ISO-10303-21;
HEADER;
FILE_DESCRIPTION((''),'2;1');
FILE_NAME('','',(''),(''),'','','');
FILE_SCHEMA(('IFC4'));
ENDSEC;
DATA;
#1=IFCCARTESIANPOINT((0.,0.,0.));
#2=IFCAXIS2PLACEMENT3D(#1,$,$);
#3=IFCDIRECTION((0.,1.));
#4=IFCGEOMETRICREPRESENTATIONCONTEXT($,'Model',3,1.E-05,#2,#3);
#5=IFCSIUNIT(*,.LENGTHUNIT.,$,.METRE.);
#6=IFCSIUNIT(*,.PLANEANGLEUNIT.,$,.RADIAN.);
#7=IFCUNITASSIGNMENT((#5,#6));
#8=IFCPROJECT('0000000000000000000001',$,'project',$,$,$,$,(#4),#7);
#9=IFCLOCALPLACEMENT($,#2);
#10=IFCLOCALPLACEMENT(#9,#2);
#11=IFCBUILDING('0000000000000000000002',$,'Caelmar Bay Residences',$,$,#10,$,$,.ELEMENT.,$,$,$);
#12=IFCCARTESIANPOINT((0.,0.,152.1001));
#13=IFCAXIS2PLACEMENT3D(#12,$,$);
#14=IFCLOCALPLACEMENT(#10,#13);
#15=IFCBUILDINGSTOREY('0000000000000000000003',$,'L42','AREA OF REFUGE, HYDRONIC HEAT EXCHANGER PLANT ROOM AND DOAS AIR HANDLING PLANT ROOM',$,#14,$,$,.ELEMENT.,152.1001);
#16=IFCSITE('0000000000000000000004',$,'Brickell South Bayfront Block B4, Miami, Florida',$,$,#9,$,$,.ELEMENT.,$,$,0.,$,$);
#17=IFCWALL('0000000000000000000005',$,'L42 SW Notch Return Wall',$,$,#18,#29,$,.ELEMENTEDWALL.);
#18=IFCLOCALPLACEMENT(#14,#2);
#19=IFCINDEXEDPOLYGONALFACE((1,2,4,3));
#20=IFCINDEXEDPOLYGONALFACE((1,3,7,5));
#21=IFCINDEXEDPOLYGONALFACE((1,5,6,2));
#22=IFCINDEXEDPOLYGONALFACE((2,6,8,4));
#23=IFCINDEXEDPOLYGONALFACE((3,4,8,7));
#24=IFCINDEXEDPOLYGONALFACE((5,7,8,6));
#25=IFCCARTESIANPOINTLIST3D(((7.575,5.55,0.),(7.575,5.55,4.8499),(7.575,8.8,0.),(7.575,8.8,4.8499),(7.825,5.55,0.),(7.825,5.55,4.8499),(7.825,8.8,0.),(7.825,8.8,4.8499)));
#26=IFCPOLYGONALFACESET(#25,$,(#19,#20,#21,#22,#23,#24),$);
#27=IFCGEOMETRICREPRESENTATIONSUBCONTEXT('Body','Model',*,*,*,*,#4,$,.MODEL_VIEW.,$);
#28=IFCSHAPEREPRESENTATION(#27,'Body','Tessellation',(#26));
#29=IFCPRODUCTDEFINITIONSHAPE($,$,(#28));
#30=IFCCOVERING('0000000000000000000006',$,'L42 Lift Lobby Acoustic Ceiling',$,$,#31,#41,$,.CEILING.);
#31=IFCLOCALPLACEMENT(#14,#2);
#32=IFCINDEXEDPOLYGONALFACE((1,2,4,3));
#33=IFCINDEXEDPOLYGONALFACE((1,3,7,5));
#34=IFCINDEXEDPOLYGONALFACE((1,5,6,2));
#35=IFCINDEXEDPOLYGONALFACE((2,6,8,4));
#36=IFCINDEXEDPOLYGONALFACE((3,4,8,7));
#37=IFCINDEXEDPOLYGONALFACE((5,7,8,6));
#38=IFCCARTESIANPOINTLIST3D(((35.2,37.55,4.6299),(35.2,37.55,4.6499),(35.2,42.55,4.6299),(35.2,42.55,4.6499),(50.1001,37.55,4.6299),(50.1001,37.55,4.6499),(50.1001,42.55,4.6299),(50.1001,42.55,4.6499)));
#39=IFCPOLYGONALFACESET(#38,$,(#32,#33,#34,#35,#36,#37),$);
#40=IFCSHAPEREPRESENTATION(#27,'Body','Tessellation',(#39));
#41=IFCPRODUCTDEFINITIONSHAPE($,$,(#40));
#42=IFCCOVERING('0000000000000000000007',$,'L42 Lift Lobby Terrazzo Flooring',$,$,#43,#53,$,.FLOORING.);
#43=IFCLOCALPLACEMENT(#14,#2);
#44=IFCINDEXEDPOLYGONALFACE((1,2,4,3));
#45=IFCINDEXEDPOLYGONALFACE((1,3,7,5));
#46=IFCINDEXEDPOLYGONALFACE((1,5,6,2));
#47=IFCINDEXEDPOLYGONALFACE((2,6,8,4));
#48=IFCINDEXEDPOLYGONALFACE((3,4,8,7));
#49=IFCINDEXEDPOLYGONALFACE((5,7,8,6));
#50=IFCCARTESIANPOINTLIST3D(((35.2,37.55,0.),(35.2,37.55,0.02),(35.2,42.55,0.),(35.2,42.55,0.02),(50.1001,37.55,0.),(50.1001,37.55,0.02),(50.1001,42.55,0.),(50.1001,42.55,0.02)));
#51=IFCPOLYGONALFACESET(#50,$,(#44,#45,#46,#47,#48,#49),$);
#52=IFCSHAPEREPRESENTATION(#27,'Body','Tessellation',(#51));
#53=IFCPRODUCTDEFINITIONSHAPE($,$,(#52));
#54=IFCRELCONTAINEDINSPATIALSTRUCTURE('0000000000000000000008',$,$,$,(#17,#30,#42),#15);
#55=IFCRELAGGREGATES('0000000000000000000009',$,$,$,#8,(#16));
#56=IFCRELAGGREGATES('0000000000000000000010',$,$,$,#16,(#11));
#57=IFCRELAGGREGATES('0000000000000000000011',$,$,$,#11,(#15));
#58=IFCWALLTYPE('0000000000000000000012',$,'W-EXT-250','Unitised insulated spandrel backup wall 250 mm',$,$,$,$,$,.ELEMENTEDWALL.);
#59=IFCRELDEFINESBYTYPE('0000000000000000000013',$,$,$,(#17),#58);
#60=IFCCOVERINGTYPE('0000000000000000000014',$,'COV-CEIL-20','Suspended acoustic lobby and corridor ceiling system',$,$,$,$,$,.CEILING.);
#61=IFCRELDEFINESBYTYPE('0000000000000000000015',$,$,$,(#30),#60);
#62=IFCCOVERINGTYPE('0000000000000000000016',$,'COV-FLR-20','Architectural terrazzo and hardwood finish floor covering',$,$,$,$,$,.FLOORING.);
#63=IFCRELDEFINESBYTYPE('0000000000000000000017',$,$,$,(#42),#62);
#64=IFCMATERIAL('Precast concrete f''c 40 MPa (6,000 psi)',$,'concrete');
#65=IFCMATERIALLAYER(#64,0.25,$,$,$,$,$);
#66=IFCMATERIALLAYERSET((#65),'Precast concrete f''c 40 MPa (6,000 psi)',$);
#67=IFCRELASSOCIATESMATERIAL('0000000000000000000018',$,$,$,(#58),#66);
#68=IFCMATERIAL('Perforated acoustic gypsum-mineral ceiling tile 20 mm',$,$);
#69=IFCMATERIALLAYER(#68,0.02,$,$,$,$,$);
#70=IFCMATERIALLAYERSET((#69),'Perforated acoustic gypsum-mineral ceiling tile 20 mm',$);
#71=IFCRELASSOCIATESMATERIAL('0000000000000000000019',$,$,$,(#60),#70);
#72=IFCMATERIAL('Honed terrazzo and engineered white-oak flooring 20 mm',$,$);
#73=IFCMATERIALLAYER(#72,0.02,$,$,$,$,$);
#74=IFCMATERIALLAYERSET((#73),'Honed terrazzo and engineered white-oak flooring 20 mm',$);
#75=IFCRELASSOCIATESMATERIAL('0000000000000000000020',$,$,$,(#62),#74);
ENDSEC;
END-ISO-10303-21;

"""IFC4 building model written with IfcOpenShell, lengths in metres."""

from ifc_helpers import new_model, si_unit, direction, frame, frame_2d, origin, place, context, subcontext, project, spatial, polyline, rectangle, outline, extrude, material, layer, layer_set, type_object, element, save


model = new_model("IFC4")

# Units and contexts
model_context = context("Model", 3, precision=1e-05, world=origin(), true_north=direction((0.0, 1.0)))
body_context = subcontext(model_context, "Body", "Model", "MODEL_VIEW")
ifc_project = project(units=[si_unit("LENGTHUNIT", "METRE"), si_unit("PLANEANGLEUNIT", "RADIAN")], contexts=[model_context])

# Site, building, storey
site_placement = place(None, origin())
site = spatial("IfcSite", under=ifc_project, at=site_placement, Name="Brickell South Bayfront Block B4, Miami, Florida", CompositionType="ELEMENT", RefElevation=0.0)
building_placement = place(site_placement, origin())
building = spatial("IfcBuilding", under=site, at=building_placement, Name="Caelmar Bay Residences", CompositionType="ELEMENT")
storey_placement = place(building_placement, frame((0.0, 0.0, 152.1001)))
storey = spatial("IfcBuildingStorey", under=building, at=storey_placement, Name="L42", Description="AREA OF REFUGE, HYDRONIC HEAT EXCHANGER PLANT ROOM AND DOAS AIR HANDLING PLANT ROOM", CompositionType="ELEMENT", Elevation=152.1001)

# Wall
ifc_material_1 = material(Name="Precast concrete f'c 40 MPa (6,000 psi)", Category="concrete")
ifc_layer_1 = layer(ifc_material_1, 0.25)
ifc_layer_set_1 = layer_set([ifc_layer_1], Name="Precast concrete f'c 40 MPa (6,000 psi)")
wall_type = type_object("IfcWallType", Name="W-EXT-250", Description="Unitised insulated spandrel backup wall 250 mm", PredefinedType="ELEMENTEDWALL", material=ifc_layer_set_1)
wall_placement = place(storey_placement, frame((7.7, 8.8, 0.0), z_axis=(0.0, 0.0, 1.0), x_axis=(0.0, -1.0, 0.0)))
element("IfcWall", 1, at=wall_placement, inside=storey, type_object=wall_type, Name="L42 SW Notch Return Wall", PredefinedType="ELEMENTEDWALL", context=body_context, shape_type="SweptSolid", body=[
    extrude(rectangle(XDim=3.25, YDim=0.25, at=frame_2d((1.625, 0.0))), origin(), (0.0, 0.0, 1.0), 4.8499),
])

# Coverings
ifc_material_2 = material(Name="Perforated acoustic gypsum-mineral ceiling tile 20 mm")
ifc_layer_2 = layer(ifc_material_2, 0.02)
ifc_layer_set_2 = layer_set([ifc_layer_2], Name="Perforated acoustic gypsum-mineral ceiling tile 20 mm")
covering_type_1 = type_object("IfcCoveringType", Name="COV-CEIL-20", Description="Suspended acoustic lobby and corridor ceiling system", PredefinedType="CEILING", material=ifc_layer_set_2)
covering_1_placement = place(storey_placement, frame((0.0, 0.0, 4.6299)))
element("IfcCovering", 2, at=covering_1_placement, inside=storey, type_object=covering_type_1, Name="L42 Lift Lobby Acoustic Ceiling", PredefinedType="CEILING", context=body_context, shape_type="SweptSolid", body=[
    extrude(outline(polyline([(35.2, 37.55), (50.1001, 37.55), (50.1001, 42.55), (35.2, 42.55), (35.2, 37.55)])), origin(), (0.0, 0.0, 1.0), 0.02),
])
ifc_material_3 = material(Name="Honed terrazzo and engineered white-oak flooring 20 mm")
ifc_layer_3 = layer(ifc_material_3, 0.02)
ifc_layer_set_3 = layer_set([ifc_layer_3], Name="Honed terrazzo and engineered white-oak flooring 20 mm")
covering_type_2 = type_object("IfcCoveringType", Name="COV-FLR-20", Description="Architectural terrazzo and hardwood finish floor covering", PredefinedType="FLOORING", material=ifc_layer_set_3)
covering_2_placement = place(storey_placement, origin())
element("IfcCovering", 3, at=covering_2_placement, inside=storey, type_object=covering_type_2, Name="L42 Lift Lobby Terrazzo Flooring", PredefinedType="FLOORING", context=body_context, shape_type="SweptSolid", body=[
    extrude(outline(polyline([(35.2, 37.55), (50.1001, 37.55), (50.1001, 42.55), (35.2, 42.55), (35.2, 37.55)])), origin(), (0.0, 0.0, 1.0), 0.02),
])

save(model, "model.ifc")
